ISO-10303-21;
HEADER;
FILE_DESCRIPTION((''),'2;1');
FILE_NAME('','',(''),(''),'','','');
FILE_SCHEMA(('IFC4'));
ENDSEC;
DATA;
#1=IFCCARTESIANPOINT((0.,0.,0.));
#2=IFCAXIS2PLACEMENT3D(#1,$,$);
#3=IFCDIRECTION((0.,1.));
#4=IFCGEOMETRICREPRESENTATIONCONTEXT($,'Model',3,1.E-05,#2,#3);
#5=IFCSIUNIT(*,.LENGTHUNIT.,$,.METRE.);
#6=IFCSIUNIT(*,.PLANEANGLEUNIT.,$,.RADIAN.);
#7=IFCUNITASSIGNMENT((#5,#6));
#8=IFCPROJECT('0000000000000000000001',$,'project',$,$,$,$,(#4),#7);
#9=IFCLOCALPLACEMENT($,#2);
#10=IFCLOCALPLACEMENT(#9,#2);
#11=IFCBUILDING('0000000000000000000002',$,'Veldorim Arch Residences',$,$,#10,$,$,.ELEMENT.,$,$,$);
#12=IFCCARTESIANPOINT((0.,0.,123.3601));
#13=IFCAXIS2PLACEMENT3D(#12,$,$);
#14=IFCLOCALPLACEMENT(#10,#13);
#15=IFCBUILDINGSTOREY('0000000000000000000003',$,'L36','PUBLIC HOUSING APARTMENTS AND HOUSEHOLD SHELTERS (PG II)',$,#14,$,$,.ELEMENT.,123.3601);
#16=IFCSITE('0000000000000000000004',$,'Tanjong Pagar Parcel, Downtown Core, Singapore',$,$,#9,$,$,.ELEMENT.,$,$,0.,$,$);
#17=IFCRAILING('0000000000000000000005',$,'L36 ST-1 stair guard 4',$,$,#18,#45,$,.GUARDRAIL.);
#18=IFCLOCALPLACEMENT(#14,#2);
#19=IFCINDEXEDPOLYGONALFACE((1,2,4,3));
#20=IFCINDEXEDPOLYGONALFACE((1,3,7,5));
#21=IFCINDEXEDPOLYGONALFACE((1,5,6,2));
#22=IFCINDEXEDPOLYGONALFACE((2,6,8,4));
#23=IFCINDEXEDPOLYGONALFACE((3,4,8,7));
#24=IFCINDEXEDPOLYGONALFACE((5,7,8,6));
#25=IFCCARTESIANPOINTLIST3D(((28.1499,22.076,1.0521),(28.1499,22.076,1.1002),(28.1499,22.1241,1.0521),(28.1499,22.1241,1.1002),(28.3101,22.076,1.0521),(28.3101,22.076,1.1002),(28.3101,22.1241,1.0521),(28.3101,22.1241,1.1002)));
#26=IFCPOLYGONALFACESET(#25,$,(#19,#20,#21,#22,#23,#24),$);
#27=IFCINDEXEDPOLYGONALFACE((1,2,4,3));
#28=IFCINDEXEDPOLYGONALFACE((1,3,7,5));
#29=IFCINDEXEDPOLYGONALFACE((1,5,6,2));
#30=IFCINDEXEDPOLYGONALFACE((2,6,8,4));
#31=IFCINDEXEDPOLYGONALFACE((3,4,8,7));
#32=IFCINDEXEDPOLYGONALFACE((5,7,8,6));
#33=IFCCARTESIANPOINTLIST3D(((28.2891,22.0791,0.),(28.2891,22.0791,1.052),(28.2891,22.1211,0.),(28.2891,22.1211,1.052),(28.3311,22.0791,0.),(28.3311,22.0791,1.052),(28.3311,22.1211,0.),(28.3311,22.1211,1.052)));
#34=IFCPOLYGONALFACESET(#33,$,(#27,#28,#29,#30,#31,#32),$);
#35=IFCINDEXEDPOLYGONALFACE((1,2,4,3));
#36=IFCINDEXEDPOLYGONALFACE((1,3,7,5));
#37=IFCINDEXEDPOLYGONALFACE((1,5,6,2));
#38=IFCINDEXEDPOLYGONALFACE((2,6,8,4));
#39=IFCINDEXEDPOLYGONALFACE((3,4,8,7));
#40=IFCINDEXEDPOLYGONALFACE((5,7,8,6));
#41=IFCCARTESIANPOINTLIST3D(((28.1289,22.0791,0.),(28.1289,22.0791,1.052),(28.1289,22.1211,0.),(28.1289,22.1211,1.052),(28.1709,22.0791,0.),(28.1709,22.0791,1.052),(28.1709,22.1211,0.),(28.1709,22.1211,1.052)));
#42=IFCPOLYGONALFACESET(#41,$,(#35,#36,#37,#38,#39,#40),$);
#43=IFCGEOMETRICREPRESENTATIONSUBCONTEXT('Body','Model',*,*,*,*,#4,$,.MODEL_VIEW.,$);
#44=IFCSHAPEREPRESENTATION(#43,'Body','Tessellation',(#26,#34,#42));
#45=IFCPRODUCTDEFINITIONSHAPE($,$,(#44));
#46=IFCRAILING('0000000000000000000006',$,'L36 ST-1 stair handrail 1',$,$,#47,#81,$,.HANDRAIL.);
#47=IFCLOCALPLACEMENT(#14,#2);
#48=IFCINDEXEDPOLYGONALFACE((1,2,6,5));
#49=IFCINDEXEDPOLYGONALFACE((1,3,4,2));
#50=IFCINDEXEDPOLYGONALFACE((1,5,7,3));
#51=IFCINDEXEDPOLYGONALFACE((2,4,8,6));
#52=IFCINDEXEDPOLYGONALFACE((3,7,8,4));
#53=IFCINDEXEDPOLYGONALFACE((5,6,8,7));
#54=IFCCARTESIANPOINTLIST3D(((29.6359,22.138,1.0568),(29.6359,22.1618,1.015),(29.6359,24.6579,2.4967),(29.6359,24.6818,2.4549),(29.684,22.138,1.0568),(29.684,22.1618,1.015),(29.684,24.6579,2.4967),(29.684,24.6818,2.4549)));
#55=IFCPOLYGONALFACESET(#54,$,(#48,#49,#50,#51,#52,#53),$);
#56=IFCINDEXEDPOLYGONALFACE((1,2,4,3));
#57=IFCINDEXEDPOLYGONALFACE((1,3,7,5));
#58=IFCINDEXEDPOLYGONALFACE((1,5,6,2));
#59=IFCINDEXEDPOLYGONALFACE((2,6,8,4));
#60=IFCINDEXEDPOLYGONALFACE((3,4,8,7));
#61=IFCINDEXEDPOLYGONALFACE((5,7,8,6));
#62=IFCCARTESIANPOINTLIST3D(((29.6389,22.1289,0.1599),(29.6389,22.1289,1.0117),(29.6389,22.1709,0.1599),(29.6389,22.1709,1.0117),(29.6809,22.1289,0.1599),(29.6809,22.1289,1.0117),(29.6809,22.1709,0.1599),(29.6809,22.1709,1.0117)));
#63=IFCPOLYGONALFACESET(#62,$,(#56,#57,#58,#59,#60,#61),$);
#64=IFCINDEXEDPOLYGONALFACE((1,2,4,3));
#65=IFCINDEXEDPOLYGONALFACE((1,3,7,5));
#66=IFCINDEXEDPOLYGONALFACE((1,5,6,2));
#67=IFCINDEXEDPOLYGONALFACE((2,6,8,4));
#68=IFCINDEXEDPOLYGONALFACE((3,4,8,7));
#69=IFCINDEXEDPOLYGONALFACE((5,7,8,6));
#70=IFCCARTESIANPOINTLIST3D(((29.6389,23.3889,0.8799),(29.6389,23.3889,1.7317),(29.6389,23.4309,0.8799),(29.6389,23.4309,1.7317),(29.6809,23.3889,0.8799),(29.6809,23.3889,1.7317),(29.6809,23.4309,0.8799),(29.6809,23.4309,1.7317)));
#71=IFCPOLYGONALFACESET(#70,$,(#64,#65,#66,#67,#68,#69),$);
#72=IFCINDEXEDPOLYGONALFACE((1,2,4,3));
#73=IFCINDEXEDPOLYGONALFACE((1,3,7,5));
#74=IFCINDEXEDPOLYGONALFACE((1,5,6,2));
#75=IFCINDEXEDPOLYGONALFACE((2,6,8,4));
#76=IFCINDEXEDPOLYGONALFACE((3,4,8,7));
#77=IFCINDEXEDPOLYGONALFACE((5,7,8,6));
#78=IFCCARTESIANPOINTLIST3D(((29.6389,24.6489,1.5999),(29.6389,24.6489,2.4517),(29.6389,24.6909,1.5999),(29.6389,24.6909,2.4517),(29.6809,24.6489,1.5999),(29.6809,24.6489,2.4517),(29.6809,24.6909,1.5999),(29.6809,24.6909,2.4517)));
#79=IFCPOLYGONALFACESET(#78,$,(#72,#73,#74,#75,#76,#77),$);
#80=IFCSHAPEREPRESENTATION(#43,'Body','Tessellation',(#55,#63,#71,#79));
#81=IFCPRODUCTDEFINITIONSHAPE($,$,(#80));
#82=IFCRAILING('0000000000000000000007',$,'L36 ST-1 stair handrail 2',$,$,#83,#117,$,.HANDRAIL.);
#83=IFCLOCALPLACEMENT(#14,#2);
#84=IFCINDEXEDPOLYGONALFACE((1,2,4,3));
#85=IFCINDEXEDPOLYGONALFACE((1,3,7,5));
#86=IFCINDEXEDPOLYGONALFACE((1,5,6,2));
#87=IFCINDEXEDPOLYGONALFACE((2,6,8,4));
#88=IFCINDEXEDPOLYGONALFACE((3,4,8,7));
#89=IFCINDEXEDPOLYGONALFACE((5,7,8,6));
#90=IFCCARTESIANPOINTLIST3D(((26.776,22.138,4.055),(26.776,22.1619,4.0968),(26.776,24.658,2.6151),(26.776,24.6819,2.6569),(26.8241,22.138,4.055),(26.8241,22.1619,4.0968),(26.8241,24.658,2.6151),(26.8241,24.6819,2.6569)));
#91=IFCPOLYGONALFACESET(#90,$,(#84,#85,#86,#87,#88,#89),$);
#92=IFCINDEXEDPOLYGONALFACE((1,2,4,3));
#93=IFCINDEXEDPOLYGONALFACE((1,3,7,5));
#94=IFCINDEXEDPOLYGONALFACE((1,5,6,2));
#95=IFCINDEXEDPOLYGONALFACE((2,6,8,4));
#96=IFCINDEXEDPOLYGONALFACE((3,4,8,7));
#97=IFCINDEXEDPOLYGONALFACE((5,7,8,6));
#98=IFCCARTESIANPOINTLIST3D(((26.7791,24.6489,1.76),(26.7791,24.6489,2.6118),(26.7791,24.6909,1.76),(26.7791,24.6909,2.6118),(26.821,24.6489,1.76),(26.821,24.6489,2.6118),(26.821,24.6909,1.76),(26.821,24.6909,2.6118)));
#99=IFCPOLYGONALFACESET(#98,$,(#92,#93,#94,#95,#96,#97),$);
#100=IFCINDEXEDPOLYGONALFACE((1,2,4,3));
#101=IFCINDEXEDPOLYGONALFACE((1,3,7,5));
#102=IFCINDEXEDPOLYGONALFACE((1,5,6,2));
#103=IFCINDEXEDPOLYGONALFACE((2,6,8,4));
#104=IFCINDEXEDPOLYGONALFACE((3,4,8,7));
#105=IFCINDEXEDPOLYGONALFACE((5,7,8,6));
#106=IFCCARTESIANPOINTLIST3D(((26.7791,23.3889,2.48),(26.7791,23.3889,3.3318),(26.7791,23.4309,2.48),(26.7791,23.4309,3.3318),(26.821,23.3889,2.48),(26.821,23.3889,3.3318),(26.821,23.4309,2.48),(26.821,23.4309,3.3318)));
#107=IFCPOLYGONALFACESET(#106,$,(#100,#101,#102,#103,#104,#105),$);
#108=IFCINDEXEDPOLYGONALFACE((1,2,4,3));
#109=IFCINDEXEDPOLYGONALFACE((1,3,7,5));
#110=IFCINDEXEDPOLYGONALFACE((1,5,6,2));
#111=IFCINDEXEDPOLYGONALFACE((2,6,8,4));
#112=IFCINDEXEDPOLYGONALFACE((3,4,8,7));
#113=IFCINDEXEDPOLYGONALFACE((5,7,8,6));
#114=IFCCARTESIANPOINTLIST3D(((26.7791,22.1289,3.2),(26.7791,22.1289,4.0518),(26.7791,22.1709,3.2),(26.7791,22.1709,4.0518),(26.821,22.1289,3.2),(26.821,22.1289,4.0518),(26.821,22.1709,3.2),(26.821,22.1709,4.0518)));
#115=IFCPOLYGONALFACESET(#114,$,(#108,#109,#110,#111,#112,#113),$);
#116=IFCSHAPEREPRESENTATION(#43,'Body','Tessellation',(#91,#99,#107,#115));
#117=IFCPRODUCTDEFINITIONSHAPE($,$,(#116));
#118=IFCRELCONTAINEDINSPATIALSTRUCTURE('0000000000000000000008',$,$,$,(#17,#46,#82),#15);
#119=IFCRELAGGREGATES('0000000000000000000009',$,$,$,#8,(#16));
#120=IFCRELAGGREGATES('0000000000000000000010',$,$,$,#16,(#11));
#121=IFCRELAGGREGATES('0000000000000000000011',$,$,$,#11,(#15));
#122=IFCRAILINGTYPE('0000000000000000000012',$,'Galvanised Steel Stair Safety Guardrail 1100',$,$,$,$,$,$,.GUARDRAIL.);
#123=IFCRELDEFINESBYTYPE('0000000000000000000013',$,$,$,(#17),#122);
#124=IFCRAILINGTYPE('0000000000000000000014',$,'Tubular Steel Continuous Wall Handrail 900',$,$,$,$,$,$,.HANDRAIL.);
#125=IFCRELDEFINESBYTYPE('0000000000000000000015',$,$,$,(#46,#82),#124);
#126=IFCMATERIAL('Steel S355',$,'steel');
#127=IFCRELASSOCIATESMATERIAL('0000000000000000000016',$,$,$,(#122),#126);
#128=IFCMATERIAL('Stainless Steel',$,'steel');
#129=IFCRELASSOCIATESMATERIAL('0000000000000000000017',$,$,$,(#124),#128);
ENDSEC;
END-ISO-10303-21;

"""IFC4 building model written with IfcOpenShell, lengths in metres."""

from ifc_helpers import new_model, si_unit, direction, frame, origin, origin_2d, place, context, subcontext, project, spatial, rectangle, extrude, material, type_object, element, save


model = new_model("IFC4")

# Units and contexts
model_context = context("Model", 3, precision=1e-05, world=origin(), true_north=direction((0.0, 1.0)))
body_context = subcontext(model_context, "Body", "Model", "MODEL_VIEW")
ifc_project = project(units=[si_unit("LENGTHUNIT", "METRE"), si_unit("PLANEANGLEUNIT", "RADIAN")], contexts=[model_context])

# Site, building, storey
site_placement = place(None, origin())
site = spatial("IfcSite", under=ifc_project, at=site_placement, Name="Tanjong Pagar Parcel, Downtown Core, Singapore", CompositionType="ELEMENT", RefElevation=0.0)
building_placement = place(site_placement, origin())
building = spatial("IfcBuilding", under=site, at=building_placement, Name="Veldorim Arch Residences", CompositionType="ELEMENT")
storey_placement = place(building_placement, frame((0.0, 0.0, 123.3601)))
storey = spatial("IfcBuildingStorey", under=building, at=storey_placement, Name="L36", Description="PUBLIC HOUSING APARTMENTS AND HOUSEHOLD SHELTERS (PG II)", CompositionType="ELEMENT", Elevation=123.3601)

# Railings
ifc_material_1 = material(Name="Steel S355", Category="steel")
railing_type_1 = type_object("IfcRailingType", Name="Galvanised Steel Stair Safety Guardrail 1100", PredefinedType="GUARDRAIL", material=ifc_material_1)
railing_1_placement = place(storey_placement, frame((28.3101, 22.1001, 0.0)))
element("IfcRailing", 1, at=railing_1_placement, inside=storey, type_object=railing_type_1, Name="L36 ST-1 stair guard 4", PredefinedType="GUARDRAIL", context=body_context, shape_type="SweptSolid", body=[
    extrude(rectangle(XDim=0.0481, YDim=0.0481, at=origin_2d()), frame((0.0, 0.0, 1.0762), z_axis=(-1.0, 0.0, 0.0), x_axis=(0.0, -1.0, 0.0)), (0.0, 0.0, 1.0), 0.1602),
    extrude(rectangle(XDim=0.042, YDim=0.042, at=origin_2d()), origin(), (0.0, 0.0, 1.0), 1.052),
    extrude(rectangle(XDim=0.042, YDim=0.042, at=origin_2d()), frame((-0.1602, 0.0, 0.0)), (0.0, 0.0, 1.0), 1.052),
])
ifc_material_2 = material(Name="Stainless Steel", Category="steel")
railing_type_2 = type_object("IfcRailingType", Name="Tubular Steel Continuous Wall Handrail 900", PredefinedType="HANDRAIL", material=ifc_material_2)
railing_2_placement = place(storey_placement, frame((29.6599, 22.1499, 0.1599)))
element("IfcRailing", 2, at=railing_2_placement, inside=storey, type_object=railing_type_2, Name="L36 ST-1 stair handrail 1", PredefinedType="HANDRAIL", context=body_context, shape_type="SweptSolid", body=[
    extrude(rectangle(XDim=0.0481, YDim=0.0481, at=origin_2d()), frame((0.0, 0.0, 0.876), z_axis=(0.0, 0.868253, 0.496121), x_axis=(-1.0, 0.0, 0.0)), (0.0, 0.0, 1.0), 2.9023),
    extrude(rectangle(XDim=0.042, YDim=0.042, at=origin_2d()), origin(), (0.0, 0.0, 1.0), 0.8518),
    extrude(rectangle(XDim=0.042, YDim=0.042, at=origin_2d()), frame((0.0, 1.26, 0.72)), (0.0, 0.0, 1.0), 0.8518),
    extrude(rectangle(XDim=0.042, YDim=0.042, at=origin_2d()), frame((0.0, 2.52, 1.4399)), (0.0, 0.0, 1.0), 0.8518),
])
railing_3_placement = place(storey_placement, frame((26.8, 24.6699, 1.76)))
element("IfcRailing", 3, at=railing_3_placement, inside=storey, type_object=railing_type_2, Name="L36 ST-1 stair handrail 2", PredefinedType="HANDRAIL", context=body_context, shape_type="SweptSolid", body=[
    extrude(rectangle(XDim=0.0481, YDim=0.0481, at=origin_2d()), frame((0.0, 0.0, 0.876), z_axis=(0.0, -0.868253, 0.496121), x_axis=(1.0, 0.0, 0.0)), (0.0, 0.0, 1.0), 2.9023),
    extrude(rectangle(XDim=0.042, YDim=0.042, at=origin_2d()), origin(), (0.0, 0.0, 1.0), 0.8518),
    extrude(rectangle(XDim=0.042, YDim=0.042, at=origin_2d()), frame((0.0, -1.26, 0.72)), (0.0, 0.0, 1.0), 0.8518),
    extrude(rectangle(XDim=0.042, YDim=0.042, at=origin_2d()), frame((0.0, -2.52, 1.4399)), (0.0, 0.0, 1.0), 0.8518),
])

save(model, "model.ifc")
